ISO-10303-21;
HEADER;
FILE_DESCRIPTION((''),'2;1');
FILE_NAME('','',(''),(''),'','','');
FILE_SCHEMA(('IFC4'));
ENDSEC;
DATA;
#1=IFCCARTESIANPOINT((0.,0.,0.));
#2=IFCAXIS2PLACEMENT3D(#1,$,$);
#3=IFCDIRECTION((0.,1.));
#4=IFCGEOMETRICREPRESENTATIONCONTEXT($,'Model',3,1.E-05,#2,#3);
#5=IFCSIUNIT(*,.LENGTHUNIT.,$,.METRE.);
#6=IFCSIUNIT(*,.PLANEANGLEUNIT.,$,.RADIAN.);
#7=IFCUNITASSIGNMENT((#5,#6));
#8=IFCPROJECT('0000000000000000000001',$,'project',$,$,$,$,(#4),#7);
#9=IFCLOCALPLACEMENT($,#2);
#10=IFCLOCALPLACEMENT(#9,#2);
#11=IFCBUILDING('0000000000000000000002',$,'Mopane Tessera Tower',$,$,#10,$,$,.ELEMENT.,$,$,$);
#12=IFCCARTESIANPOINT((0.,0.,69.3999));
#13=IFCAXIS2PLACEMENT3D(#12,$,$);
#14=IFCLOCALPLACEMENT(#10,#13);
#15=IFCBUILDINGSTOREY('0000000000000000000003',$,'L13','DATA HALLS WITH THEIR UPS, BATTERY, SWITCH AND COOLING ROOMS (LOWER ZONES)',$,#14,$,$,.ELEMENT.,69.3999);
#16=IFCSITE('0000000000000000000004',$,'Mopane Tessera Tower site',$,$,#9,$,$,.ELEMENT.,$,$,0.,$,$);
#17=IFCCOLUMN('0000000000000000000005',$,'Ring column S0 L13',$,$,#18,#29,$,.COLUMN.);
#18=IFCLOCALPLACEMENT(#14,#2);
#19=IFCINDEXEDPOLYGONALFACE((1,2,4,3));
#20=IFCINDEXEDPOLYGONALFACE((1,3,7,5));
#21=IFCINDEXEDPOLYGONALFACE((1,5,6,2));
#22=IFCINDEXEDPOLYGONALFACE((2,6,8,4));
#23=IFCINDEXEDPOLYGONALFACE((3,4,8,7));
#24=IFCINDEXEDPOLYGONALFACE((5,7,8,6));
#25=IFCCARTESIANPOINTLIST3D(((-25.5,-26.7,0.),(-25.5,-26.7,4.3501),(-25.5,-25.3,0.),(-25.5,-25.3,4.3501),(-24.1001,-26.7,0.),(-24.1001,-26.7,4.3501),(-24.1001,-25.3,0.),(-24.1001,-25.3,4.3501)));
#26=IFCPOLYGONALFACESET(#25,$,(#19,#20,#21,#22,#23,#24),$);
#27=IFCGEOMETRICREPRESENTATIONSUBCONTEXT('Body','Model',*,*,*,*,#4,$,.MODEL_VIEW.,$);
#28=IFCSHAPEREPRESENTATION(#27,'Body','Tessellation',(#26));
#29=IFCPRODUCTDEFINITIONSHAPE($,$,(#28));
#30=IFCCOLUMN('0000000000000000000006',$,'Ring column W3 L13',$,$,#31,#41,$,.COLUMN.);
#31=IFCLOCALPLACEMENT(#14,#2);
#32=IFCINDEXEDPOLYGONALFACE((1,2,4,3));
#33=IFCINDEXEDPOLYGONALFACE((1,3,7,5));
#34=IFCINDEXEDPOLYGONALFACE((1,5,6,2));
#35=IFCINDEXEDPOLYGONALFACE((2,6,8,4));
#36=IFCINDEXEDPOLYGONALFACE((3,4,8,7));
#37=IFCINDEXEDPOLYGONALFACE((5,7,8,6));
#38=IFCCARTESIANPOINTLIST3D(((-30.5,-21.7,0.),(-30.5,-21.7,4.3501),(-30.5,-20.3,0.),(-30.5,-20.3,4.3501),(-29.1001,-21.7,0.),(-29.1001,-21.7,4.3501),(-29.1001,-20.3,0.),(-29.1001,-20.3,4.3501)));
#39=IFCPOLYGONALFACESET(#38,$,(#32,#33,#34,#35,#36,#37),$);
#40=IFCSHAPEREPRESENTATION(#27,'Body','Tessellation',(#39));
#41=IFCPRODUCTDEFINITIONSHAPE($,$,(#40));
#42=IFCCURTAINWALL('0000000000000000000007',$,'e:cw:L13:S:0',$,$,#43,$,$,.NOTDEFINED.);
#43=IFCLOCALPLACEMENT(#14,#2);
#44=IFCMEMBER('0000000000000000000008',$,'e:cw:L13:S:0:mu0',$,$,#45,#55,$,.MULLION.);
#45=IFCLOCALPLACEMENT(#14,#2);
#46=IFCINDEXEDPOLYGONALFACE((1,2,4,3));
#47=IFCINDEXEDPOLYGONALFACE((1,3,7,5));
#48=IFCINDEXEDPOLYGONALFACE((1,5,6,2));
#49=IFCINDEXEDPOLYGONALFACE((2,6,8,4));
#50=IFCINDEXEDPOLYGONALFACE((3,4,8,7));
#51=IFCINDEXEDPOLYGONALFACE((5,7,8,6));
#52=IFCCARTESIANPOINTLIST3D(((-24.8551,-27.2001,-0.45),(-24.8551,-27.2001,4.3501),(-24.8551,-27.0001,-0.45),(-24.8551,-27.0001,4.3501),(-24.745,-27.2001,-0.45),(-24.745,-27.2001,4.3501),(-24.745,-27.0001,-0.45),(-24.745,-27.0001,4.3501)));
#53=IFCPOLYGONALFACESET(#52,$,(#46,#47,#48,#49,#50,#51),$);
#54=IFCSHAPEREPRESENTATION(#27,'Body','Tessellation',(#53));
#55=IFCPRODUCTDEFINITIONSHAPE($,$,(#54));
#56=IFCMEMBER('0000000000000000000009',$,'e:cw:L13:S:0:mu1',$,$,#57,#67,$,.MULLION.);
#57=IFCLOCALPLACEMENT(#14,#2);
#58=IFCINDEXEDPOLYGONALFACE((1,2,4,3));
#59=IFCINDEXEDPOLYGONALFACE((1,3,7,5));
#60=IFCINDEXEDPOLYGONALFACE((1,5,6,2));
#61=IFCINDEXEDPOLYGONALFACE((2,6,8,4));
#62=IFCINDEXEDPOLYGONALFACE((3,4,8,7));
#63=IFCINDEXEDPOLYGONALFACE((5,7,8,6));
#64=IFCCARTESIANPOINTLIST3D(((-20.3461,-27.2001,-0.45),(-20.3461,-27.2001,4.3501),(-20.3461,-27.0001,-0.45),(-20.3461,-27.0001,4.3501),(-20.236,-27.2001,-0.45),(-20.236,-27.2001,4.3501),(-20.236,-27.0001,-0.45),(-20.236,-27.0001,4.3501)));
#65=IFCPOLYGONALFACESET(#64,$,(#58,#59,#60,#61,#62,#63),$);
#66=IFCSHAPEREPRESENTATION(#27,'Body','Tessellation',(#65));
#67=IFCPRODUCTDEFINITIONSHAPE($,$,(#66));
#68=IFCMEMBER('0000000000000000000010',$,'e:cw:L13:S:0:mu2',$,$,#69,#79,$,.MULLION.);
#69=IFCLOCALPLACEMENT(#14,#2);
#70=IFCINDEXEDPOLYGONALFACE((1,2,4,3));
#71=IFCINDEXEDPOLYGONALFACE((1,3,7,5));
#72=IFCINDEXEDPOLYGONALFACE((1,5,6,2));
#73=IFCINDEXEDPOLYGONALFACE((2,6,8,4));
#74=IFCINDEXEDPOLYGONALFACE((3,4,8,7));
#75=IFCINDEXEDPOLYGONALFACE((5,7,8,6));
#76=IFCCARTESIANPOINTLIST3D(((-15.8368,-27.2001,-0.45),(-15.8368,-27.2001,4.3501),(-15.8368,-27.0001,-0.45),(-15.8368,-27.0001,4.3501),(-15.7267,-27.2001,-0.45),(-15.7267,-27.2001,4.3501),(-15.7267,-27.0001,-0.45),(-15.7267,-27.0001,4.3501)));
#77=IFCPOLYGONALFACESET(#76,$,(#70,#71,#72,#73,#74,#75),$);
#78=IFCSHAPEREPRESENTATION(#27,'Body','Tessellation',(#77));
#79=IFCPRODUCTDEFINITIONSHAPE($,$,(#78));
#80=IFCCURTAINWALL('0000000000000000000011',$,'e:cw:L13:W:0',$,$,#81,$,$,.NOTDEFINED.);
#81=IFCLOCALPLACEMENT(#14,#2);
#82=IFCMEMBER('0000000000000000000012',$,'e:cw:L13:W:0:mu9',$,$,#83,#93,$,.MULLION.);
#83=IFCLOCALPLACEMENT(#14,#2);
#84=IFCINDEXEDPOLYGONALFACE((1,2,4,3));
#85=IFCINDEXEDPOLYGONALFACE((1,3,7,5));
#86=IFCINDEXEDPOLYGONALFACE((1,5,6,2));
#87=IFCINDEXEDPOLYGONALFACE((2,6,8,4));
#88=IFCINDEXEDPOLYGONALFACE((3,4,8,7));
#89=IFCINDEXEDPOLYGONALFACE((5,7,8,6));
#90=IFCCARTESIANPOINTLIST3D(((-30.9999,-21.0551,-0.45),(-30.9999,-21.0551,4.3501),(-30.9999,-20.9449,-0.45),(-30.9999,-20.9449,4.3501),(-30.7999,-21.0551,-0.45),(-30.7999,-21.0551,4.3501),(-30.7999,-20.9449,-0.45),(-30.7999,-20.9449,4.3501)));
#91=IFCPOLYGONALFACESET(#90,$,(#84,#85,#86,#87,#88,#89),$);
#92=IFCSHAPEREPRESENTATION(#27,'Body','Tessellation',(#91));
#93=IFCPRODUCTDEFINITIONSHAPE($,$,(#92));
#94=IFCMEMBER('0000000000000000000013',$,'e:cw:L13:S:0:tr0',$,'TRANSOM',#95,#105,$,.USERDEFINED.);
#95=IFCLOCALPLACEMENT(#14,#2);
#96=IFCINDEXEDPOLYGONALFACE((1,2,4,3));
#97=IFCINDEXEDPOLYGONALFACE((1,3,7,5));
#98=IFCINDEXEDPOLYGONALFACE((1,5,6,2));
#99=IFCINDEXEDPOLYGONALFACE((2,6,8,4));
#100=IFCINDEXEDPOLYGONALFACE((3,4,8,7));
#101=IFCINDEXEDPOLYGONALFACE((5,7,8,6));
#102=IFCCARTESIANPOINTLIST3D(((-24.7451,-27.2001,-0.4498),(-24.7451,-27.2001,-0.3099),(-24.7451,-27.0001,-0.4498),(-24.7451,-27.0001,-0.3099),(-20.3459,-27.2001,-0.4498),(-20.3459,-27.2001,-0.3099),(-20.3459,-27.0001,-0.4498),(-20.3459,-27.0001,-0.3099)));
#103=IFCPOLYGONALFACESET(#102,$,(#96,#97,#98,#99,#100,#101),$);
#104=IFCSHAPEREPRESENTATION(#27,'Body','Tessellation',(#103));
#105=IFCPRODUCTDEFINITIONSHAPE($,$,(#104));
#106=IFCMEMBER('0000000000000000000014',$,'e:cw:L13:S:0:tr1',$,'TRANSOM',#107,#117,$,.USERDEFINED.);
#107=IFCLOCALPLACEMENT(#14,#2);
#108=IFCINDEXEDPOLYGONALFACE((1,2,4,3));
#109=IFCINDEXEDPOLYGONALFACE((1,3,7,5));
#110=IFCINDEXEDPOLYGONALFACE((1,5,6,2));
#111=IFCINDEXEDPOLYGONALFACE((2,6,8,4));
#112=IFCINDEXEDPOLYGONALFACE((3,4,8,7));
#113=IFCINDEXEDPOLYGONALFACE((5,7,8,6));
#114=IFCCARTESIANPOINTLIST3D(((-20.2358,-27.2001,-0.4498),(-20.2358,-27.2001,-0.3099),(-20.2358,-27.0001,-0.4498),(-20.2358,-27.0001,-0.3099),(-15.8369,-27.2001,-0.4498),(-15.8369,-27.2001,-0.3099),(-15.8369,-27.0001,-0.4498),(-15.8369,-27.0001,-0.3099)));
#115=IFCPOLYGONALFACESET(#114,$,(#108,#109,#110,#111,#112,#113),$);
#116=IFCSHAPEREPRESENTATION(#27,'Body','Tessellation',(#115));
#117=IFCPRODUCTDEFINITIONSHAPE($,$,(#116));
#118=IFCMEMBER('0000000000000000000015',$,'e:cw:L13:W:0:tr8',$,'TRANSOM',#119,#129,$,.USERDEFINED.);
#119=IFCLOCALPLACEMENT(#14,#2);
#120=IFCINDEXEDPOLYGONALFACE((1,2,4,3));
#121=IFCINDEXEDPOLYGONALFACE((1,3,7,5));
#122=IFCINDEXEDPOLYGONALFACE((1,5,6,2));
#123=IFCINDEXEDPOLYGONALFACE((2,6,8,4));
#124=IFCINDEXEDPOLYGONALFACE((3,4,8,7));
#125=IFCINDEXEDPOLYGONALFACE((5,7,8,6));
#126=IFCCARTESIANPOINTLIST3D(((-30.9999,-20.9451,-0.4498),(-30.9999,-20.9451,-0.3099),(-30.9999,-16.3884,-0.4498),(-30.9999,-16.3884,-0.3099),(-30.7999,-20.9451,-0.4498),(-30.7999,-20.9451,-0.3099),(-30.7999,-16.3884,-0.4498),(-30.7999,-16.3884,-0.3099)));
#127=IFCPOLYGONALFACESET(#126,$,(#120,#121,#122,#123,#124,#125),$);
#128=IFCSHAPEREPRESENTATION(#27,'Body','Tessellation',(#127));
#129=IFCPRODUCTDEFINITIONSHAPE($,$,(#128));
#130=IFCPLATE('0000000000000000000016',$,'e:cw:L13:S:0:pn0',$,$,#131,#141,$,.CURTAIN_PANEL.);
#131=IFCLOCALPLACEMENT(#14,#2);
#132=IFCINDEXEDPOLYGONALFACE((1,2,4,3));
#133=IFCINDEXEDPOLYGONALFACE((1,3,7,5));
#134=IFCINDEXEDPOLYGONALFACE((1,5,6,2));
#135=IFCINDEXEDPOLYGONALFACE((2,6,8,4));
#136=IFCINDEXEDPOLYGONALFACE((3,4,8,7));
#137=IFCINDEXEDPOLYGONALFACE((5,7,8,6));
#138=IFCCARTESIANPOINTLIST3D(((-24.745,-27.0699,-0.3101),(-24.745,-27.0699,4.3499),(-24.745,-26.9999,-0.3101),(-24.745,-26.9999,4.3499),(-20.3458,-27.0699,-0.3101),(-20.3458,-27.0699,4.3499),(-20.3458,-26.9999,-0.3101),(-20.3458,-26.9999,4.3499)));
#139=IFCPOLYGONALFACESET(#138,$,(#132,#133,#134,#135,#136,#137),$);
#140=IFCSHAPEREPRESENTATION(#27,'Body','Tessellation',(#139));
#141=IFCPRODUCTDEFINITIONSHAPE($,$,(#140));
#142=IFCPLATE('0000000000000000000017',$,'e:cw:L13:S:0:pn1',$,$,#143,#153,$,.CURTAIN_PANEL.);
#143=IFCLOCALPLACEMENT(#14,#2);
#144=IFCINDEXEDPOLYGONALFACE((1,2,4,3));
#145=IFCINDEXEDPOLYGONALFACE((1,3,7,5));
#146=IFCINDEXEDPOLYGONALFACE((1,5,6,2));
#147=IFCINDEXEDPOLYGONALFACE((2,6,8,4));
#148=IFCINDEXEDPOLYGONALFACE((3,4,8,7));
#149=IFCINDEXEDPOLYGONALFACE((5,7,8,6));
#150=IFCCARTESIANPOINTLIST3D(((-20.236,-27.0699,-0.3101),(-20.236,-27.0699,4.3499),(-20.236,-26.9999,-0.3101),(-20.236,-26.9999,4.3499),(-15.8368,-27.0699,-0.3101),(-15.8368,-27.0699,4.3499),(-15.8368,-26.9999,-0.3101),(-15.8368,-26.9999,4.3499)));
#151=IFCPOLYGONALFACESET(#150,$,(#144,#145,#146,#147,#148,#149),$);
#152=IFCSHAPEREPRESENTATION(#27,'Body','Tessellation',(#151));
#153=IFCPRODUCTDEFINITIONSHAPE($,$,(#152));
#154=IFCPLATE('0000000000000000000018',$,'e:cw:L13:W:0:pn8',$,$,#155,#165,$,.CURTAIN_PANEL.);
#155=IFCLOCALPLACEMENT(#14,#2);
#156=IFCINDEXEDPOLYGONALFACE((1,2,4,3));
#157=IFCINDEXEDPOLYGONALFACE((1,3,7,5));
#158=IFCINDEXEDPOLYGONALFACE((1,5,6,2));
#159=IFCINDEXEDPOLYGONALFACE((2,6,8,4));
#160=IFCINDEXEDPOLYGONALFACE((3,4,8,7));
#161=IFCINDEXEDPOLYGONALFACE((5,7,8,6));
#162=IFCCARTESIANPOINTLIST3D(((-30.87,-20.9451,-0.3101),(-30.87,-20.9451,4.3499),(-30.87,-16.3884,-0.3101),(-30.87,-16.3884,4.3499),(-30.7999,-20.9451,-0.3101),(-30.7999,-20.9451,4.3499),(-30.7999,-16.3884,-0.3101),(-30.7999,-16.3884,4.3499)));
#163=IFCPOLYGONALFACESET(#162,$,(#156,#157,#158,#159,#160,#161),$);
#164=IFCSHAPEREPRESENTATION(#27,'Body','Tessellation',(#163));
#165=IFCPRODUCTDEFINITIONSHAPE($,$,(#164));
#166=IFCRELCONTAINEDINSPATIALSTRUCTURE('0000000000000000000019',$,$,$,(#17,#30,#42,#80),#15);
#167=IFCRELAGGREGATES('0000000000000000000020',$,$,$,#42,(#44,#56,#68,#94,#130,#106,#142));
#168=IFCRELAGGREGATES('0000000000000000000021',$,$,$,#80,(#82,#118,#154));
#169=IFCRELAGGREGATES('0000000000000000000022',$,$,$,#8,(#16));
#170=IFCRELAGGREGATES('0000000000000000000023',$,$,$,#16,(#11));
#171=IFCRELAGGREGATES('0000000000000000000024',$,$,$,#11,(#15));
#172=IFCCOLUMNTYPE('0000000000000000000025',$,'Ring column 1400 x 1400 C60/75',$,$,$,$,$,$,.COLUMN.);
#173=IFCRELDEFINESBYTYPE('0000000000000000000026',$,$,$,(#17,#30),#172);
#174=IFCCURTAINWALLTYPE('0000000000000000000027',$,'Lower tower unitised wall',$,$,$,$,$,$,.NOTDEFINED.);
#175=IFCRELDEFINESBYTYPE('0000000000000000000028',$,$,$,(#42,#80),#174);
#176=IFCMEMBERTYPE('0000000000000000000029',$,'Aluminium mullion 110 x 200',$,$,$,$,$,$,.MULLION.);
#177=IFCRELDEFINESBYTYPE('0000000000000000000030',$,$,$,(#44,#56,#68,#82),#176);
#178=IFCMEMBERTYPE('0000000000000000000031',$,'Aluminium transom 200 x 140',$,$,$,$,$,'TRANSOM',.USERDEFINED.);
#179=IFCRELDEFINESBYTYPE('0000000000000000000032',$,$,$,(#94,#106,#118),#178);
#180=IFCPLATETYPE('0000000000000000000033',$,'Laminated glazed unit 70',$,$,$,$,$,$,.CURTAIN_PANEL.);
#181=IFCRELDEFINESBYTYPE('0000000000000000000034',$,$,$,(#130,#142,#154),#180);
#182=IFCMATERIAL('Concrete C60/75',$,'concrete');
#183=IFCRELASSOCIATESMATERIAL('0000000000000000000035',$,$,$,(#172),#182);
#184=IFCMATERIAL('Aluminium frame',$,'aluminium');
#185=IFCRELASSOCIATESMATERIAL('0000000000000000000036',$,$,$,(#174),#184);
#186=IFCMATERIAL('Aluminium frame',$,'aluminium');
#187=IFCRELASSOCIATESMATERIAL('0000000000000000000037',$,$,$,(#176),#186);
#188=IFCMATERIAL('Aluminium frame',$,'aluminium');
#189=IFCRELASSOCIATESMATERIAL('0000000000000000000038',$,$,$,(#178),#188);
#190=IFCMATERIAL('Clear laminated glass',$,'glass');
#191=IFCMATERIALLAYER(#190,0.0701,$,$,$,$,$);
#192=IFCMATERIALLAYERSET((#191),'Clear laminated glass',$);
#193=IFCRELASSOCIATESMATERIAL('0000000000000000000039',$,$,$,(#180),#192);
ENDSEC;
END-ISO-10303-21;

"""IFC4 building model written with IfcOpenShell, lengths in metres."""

from ifc_helpers import new_model, si_unit, direction, frame, origin, origin_2d, place, context, subcontext, project, spatial, rectangle, extrude, material, layer, layer_set, material_profile, profile_set, type_object, element, aggregate, save


model = new_model("IFC4")

# Units and contexts
model_context = context("Model", 3, precision=1e-05, world=origin(), true_north=direction((0.0, 1.0)))
body_context = subcontext(model_context, "Body", "Model", "MODEL_VIEW")
ifc_project = project(units=[si_unit("LENGTHUNIT", "METRE"), si_unit("PLANEANGLEUNIT", "RADIAN")], contexts=[model_context])

# Site, building, storey
site_placement = place(None, origin())
site = spatial("IfcSite", under=ifc_project, at=site_placement, Name="Mopane Tessera Tower site", CompositionType="ELEMENT", RefElevation=0.0)
building_placement = place(site_placement, origin())
building = spatial("IfcBuilding", under=site, at=building_placement, Name="Mopane Tessera Tower", CompositionType="ELEMENT")
storey_placement = place(building_placement, frame((0.0, 0.0, 69.3999)))
storey = spatial("IfcBuildingStorey", under=building, at=storey_placement, Name="L13", Description="DATA HALLS WITH THEIR UPS, BATTERY, SWITCH AND COOLING ROOMS (LOWER ZONES)", CompositionType="ELEMENT", Elevation=69.3999)

# Columns
ifc_material_1 = material(Name="Concrete C60/75", Category="concrete")
ifc_material_profile_1 = material_profile(ifc_material_1, rectangle(XDim=1.3999, YDim=1.3999, at=origin_2d()))
ifc_profile_set_1 = profile_set([ifc_material_profile_1], Name="Concrete C60/75")
column_type = type_object("IfcColumnType", Name="Ring column 1400 x 1400 C60/75", PredefinedType="COLUMN", material=ifc_profile_set_1)
for number, where, z_axis, x_axis, name in (
    (1, (-24.8, -26.0, 0.0), (0.0, 0.0, 1.0), (1.0, 0.0, 0.0), "Ring column S0 L13"),
    (2, (-29.8, -21.0, 0.0), (0.0, 0.0, 1.0), (1.0, 0.0, 0.0), "Ring column W3 L13"),
):
    element("IfcColumn", number, at=place(storey_placement, frame(where, z_axis=z_axis, x_axis=x_axis)), inside=storey, type_object=column_type, Name=name, PredefinedType="COLUMN", context=body_context, shape_type="SweptSolid", body=[
        extrude(rectangle(XDim=1.3999, YDim=1.3999, at=origin_2d()), origin(), (0.0, 0.0, 1.0), 4.3501),
    ])

# Curtain wall, members
ifc_material_2 = material(Name="Aluminium frame", Category="aluminium")
curtain_wall_type = type_object("IfcCurtainWallType", Name="Lower tower unitised wall", PredefinedType="NOTDEFINED", material=ifc_material_2)
curtain_wall_1_placement = place(storey_placement, origin())
curtain_wall_1 = element("IfcCurtainWall", 3, at=curtain_wall_1_placement, inside=storey, type_object=curtain_wall_type, Name="e:cw:L13:S:0", PredefinedType="NOTDEFINED")
ifc_material_3 = material(Name="Aluminium frame", Category="aluminium")
ifc_material_profile_2 = material_profile(ifc_material_3, rectangle(XDim=0.1101, YDim=0.2, at=origin_2d()))
ifc_profile_set_2 = profile_set([ifc_material_profile_2], Name="Aluminium frame")
member_type_1 = type_object("IfcMemberType", Name="Aluminium mullion 110 x 200", PredefinedType="MULLION", material=ifc_profile_set_2)
member_1_placement = place(storey_placement, frame((-24.8, -27.1001, -0.45), z_axis=(0.0, 0.0, 1.0), x_axis=(1.0, 0.0, 0.0)))
member_1 = element("IfcMember", 4, at=member_1_placement, type_object=member_type_1, Name="e:cw:L13:S:0:mu0", PredefinedType="MULLION", context=body_context, shape_type="SweptSolid", body=[
    extrude(rectangle(XDim=0.1101, YDim=0.2, at=origin_2d()), origin(), (0.0, 0.0, 1.0), 4.8),
])
member_2_placement = place(storey_placement, frame((-20.291, -27.1001, -0.45), z_axis=(0.0, 0.0, 1.0), x_axis=(1.0, 0.0, 0.0)))
member_2 = element("IfcMember", 5, at=member_2_placement, type_object=member_type_1, Name="e:cw:L13:S:0:mu1", PredefinedType="MULLION", context=body_context, shape_type="SweptSolid", body=[
    extrude(rectangle(XDim=0.1101, YDim=0.2, at=origin_2d()), origin(), (0.0, 0.0, 1.0), 4.8),
])
member_3_placement = place(storey_placement, frame((-15.7817, -27.1001, -0.45), z_axis=(0.0, 0.0, 1.0), x_axis=(1.0, 0.0, 0.0)))
member_3 = element("IfcMember", 6, at=member_3_placement, type_object=member_type_1, Name="e:cw:L13:S:0:mu2", PredefinedType="MULLION", context=body_context, shape_type="SweptSolid", body=[
    extrude(rectangle(XDim=0.1101, YDim=0.2, at=origin_2d()), origin(), (0.0, 0.0, 1.0), 4.8),
])

# Curtain wall, member
curtain_wall_2_placement = place(storey_placement, origin())
curtain_wall_2 = element("IfcCurtainWall", 7, at=curtain_wall_2_placement, inside=storey, type_object=curtain_wall_type, Name="e:cw:L13:W:0", PredefinedType="NOTDEFINED")
member_4_placement = place(storey_placement, frame((-30.8999, -21.0, -0.45), z_axis=(0.0, 0.0, 1.0), x_axis=(0.0, -1.0, 0.0)))
member_4 = element("IfcMember", 8, at=member_4_placement, type_object=member_type_1, Name="e:cw:L13:W:0:mu9", PredefinedType="MULLION", context=body_context, shape_type="SweptSolid", body=[
    extrude(rectangle(XDim=0.1101, YDim=0.2, at=origin_2d()), origin(), (0.0, 0.0, 1.0), 4.8),
])

# Members
ifc_material_4 = material(Name="Aluminium frame", Category="aluminium")
ifc_material_profile_3 = material_profile(ifc_material_4, rectangle(XDim=0.2, YDim=0.1399, at=origin_2d()))
ifc_profile_set_3 = profile_set([ifc_material_profile_3], Name="Aluminium frame")
member_type_2 = type_object("IfcMemberType", Name="Aluminium transom 200 x 140", ElementType="TRANSOM", PredefinedType="USERDEFINED", material=ifc_profile_set_3)
member_5_placement = place(storey_placement, frame((-24.7451, -27.1001, -0.3799), z_axis=(1.0, 0.0, 0.0), x_axis=(0.0, 1.0, 0.0)))
member_5 = element("IfcMember", 9, at=member_5_placement, type_object=member_type_2, Name="e:cw:L13:S:0:tr0", ObjectType="TRANSOM", PredefinedType="USERDEFINED", context=body_context, shape_type="SweptSolid", body=[
    extrude(rectangle(XDim=0.2, YDim=0.1399, at=origin_2d()), origin(), (0.0, 0.0, 1.0), 4.3992),
])
member_6_placement = place(storey_placement, frame((-20.2358, -27.1001, -0.3799), z_axis=(1.0, 0.0, 0.0), x_axis=(0.0, 1.0, 0.0)))
member_6 = element("IfcMember", 10, at=member_6_placement, type_object=member_type_2, Name="e:cw:L13:S:0:tr1", ObjectType="TRANSOM", PredefinedType="USERDEFINED", context=body_context, shape_type="SweptSolid", body=[
    extrude(rectangle(XDim=0.2, YDim=0.1399, at=origin_2d()), origin(), (0.0, 0.0, 1.0), 4.3989),
])
member_7_placement = place(storey_placement, frame((-30.8999, -16.3884, -0.3799), z_axis=(0.0, -1.0, 0.0), x_axis=(1.0, 0.0, 0.0)))
member_7 = element("IfcMember", 11, at=member_7_placement, type_object=member_type_2, Name="e:cw:L13:W:0:tr8", ObjectType="TRANSOM", PredefinedType="USERDEFINED", context=body_context, shape_type="SweptSolid", body=[
    extrude(rectangle(XDim=0.2, YDim=0.1399, at=origin_2d()), origin(), (0.0, 0.0, 1.0), 4.5566),
])

# Plates
ifc_material_5 = material(Name="Clear laminated glass", Category="glass")
ifc_layer_1 = layer(ifc_material_5, 0.0701)
ifc_layer_set_1 = layer_set([ifc_layer_1], Name="Clear laminated glass")
plate_type = type_object("IfcPlateType", Name="Laminated glazed unit 70", PredefinedType="CURTAIN_PANEL", material=ifc_layer_set_1)
plate_1_placement = place(storey_placement, frame((-22.5454, -27.0349, -0.3101), z_axis=(0.0, 0.0, 1.0), x_axis=(1.0, 0.0, 0.0)))
plate_1 = element("IfcPlate", 12, at=plate_1_placement, type_object=plate_type, Name="e:cw:L13:S:0:pn0", PredefinedType="CURTAIN_PANEL", context=body_context, shape_type="SweptSolid", body=[
    extrude(rectangle(XDim=4.3992, YDim=0.0701, at=origin_2d()), origin(), (0.0, 0.0, 1.0), 4.6599),
])
plate_2_placement = place(storey_placement, frame((-18.0364, -27.0349, -0.3101), z_axis=(0.0, 0.0, 1.0), x_axis=(1.0, 0.0, 0.0)))
plate_2 = element("IfcPlate", 13, at=plate_2_placement, type_object=plate_type, Name="e:cw:L13:S:0:pn1", PredefinedType="CURTAIN_PANEL", context=body_context, shape_type="SweptSolid", body=[
    extrude(rectangle(XDim=4.3992, YDim=0.0701, at=origin_2d()), origin(), (0.0, 0.0, 1.0), 4.6599),
])
aggregate(curtain_wall_1, [member_1, member_2, member_3, member_5, plate_1, member_6, plate_2])
plate_3_placement = place(storey_placement, frame((-30.835, -18.6667, -0.3101), z_axis=(0.0, 0.0, 1.0), x_axis=(0.0, -1.0, 0.0)))
plate_3 = element("IfcPlate", 14, at=plate_3_placement, type_object=plate_type, Name="e:cw:L13:W:0:pn8", PredefinedType="CURTAIN_PANEL", context=body_context, shape_type="SweptSolid", body=[
    extrude(rectangle(XDim=4.5566, YDim=0.0701, at=origin_2d()), origin(), (0.0, 0.0, 1.0), 4.6599),
])
aggregate(curtain_wall_2, [member_4, member_7, plate_3])

save(model, "model.ifc")
